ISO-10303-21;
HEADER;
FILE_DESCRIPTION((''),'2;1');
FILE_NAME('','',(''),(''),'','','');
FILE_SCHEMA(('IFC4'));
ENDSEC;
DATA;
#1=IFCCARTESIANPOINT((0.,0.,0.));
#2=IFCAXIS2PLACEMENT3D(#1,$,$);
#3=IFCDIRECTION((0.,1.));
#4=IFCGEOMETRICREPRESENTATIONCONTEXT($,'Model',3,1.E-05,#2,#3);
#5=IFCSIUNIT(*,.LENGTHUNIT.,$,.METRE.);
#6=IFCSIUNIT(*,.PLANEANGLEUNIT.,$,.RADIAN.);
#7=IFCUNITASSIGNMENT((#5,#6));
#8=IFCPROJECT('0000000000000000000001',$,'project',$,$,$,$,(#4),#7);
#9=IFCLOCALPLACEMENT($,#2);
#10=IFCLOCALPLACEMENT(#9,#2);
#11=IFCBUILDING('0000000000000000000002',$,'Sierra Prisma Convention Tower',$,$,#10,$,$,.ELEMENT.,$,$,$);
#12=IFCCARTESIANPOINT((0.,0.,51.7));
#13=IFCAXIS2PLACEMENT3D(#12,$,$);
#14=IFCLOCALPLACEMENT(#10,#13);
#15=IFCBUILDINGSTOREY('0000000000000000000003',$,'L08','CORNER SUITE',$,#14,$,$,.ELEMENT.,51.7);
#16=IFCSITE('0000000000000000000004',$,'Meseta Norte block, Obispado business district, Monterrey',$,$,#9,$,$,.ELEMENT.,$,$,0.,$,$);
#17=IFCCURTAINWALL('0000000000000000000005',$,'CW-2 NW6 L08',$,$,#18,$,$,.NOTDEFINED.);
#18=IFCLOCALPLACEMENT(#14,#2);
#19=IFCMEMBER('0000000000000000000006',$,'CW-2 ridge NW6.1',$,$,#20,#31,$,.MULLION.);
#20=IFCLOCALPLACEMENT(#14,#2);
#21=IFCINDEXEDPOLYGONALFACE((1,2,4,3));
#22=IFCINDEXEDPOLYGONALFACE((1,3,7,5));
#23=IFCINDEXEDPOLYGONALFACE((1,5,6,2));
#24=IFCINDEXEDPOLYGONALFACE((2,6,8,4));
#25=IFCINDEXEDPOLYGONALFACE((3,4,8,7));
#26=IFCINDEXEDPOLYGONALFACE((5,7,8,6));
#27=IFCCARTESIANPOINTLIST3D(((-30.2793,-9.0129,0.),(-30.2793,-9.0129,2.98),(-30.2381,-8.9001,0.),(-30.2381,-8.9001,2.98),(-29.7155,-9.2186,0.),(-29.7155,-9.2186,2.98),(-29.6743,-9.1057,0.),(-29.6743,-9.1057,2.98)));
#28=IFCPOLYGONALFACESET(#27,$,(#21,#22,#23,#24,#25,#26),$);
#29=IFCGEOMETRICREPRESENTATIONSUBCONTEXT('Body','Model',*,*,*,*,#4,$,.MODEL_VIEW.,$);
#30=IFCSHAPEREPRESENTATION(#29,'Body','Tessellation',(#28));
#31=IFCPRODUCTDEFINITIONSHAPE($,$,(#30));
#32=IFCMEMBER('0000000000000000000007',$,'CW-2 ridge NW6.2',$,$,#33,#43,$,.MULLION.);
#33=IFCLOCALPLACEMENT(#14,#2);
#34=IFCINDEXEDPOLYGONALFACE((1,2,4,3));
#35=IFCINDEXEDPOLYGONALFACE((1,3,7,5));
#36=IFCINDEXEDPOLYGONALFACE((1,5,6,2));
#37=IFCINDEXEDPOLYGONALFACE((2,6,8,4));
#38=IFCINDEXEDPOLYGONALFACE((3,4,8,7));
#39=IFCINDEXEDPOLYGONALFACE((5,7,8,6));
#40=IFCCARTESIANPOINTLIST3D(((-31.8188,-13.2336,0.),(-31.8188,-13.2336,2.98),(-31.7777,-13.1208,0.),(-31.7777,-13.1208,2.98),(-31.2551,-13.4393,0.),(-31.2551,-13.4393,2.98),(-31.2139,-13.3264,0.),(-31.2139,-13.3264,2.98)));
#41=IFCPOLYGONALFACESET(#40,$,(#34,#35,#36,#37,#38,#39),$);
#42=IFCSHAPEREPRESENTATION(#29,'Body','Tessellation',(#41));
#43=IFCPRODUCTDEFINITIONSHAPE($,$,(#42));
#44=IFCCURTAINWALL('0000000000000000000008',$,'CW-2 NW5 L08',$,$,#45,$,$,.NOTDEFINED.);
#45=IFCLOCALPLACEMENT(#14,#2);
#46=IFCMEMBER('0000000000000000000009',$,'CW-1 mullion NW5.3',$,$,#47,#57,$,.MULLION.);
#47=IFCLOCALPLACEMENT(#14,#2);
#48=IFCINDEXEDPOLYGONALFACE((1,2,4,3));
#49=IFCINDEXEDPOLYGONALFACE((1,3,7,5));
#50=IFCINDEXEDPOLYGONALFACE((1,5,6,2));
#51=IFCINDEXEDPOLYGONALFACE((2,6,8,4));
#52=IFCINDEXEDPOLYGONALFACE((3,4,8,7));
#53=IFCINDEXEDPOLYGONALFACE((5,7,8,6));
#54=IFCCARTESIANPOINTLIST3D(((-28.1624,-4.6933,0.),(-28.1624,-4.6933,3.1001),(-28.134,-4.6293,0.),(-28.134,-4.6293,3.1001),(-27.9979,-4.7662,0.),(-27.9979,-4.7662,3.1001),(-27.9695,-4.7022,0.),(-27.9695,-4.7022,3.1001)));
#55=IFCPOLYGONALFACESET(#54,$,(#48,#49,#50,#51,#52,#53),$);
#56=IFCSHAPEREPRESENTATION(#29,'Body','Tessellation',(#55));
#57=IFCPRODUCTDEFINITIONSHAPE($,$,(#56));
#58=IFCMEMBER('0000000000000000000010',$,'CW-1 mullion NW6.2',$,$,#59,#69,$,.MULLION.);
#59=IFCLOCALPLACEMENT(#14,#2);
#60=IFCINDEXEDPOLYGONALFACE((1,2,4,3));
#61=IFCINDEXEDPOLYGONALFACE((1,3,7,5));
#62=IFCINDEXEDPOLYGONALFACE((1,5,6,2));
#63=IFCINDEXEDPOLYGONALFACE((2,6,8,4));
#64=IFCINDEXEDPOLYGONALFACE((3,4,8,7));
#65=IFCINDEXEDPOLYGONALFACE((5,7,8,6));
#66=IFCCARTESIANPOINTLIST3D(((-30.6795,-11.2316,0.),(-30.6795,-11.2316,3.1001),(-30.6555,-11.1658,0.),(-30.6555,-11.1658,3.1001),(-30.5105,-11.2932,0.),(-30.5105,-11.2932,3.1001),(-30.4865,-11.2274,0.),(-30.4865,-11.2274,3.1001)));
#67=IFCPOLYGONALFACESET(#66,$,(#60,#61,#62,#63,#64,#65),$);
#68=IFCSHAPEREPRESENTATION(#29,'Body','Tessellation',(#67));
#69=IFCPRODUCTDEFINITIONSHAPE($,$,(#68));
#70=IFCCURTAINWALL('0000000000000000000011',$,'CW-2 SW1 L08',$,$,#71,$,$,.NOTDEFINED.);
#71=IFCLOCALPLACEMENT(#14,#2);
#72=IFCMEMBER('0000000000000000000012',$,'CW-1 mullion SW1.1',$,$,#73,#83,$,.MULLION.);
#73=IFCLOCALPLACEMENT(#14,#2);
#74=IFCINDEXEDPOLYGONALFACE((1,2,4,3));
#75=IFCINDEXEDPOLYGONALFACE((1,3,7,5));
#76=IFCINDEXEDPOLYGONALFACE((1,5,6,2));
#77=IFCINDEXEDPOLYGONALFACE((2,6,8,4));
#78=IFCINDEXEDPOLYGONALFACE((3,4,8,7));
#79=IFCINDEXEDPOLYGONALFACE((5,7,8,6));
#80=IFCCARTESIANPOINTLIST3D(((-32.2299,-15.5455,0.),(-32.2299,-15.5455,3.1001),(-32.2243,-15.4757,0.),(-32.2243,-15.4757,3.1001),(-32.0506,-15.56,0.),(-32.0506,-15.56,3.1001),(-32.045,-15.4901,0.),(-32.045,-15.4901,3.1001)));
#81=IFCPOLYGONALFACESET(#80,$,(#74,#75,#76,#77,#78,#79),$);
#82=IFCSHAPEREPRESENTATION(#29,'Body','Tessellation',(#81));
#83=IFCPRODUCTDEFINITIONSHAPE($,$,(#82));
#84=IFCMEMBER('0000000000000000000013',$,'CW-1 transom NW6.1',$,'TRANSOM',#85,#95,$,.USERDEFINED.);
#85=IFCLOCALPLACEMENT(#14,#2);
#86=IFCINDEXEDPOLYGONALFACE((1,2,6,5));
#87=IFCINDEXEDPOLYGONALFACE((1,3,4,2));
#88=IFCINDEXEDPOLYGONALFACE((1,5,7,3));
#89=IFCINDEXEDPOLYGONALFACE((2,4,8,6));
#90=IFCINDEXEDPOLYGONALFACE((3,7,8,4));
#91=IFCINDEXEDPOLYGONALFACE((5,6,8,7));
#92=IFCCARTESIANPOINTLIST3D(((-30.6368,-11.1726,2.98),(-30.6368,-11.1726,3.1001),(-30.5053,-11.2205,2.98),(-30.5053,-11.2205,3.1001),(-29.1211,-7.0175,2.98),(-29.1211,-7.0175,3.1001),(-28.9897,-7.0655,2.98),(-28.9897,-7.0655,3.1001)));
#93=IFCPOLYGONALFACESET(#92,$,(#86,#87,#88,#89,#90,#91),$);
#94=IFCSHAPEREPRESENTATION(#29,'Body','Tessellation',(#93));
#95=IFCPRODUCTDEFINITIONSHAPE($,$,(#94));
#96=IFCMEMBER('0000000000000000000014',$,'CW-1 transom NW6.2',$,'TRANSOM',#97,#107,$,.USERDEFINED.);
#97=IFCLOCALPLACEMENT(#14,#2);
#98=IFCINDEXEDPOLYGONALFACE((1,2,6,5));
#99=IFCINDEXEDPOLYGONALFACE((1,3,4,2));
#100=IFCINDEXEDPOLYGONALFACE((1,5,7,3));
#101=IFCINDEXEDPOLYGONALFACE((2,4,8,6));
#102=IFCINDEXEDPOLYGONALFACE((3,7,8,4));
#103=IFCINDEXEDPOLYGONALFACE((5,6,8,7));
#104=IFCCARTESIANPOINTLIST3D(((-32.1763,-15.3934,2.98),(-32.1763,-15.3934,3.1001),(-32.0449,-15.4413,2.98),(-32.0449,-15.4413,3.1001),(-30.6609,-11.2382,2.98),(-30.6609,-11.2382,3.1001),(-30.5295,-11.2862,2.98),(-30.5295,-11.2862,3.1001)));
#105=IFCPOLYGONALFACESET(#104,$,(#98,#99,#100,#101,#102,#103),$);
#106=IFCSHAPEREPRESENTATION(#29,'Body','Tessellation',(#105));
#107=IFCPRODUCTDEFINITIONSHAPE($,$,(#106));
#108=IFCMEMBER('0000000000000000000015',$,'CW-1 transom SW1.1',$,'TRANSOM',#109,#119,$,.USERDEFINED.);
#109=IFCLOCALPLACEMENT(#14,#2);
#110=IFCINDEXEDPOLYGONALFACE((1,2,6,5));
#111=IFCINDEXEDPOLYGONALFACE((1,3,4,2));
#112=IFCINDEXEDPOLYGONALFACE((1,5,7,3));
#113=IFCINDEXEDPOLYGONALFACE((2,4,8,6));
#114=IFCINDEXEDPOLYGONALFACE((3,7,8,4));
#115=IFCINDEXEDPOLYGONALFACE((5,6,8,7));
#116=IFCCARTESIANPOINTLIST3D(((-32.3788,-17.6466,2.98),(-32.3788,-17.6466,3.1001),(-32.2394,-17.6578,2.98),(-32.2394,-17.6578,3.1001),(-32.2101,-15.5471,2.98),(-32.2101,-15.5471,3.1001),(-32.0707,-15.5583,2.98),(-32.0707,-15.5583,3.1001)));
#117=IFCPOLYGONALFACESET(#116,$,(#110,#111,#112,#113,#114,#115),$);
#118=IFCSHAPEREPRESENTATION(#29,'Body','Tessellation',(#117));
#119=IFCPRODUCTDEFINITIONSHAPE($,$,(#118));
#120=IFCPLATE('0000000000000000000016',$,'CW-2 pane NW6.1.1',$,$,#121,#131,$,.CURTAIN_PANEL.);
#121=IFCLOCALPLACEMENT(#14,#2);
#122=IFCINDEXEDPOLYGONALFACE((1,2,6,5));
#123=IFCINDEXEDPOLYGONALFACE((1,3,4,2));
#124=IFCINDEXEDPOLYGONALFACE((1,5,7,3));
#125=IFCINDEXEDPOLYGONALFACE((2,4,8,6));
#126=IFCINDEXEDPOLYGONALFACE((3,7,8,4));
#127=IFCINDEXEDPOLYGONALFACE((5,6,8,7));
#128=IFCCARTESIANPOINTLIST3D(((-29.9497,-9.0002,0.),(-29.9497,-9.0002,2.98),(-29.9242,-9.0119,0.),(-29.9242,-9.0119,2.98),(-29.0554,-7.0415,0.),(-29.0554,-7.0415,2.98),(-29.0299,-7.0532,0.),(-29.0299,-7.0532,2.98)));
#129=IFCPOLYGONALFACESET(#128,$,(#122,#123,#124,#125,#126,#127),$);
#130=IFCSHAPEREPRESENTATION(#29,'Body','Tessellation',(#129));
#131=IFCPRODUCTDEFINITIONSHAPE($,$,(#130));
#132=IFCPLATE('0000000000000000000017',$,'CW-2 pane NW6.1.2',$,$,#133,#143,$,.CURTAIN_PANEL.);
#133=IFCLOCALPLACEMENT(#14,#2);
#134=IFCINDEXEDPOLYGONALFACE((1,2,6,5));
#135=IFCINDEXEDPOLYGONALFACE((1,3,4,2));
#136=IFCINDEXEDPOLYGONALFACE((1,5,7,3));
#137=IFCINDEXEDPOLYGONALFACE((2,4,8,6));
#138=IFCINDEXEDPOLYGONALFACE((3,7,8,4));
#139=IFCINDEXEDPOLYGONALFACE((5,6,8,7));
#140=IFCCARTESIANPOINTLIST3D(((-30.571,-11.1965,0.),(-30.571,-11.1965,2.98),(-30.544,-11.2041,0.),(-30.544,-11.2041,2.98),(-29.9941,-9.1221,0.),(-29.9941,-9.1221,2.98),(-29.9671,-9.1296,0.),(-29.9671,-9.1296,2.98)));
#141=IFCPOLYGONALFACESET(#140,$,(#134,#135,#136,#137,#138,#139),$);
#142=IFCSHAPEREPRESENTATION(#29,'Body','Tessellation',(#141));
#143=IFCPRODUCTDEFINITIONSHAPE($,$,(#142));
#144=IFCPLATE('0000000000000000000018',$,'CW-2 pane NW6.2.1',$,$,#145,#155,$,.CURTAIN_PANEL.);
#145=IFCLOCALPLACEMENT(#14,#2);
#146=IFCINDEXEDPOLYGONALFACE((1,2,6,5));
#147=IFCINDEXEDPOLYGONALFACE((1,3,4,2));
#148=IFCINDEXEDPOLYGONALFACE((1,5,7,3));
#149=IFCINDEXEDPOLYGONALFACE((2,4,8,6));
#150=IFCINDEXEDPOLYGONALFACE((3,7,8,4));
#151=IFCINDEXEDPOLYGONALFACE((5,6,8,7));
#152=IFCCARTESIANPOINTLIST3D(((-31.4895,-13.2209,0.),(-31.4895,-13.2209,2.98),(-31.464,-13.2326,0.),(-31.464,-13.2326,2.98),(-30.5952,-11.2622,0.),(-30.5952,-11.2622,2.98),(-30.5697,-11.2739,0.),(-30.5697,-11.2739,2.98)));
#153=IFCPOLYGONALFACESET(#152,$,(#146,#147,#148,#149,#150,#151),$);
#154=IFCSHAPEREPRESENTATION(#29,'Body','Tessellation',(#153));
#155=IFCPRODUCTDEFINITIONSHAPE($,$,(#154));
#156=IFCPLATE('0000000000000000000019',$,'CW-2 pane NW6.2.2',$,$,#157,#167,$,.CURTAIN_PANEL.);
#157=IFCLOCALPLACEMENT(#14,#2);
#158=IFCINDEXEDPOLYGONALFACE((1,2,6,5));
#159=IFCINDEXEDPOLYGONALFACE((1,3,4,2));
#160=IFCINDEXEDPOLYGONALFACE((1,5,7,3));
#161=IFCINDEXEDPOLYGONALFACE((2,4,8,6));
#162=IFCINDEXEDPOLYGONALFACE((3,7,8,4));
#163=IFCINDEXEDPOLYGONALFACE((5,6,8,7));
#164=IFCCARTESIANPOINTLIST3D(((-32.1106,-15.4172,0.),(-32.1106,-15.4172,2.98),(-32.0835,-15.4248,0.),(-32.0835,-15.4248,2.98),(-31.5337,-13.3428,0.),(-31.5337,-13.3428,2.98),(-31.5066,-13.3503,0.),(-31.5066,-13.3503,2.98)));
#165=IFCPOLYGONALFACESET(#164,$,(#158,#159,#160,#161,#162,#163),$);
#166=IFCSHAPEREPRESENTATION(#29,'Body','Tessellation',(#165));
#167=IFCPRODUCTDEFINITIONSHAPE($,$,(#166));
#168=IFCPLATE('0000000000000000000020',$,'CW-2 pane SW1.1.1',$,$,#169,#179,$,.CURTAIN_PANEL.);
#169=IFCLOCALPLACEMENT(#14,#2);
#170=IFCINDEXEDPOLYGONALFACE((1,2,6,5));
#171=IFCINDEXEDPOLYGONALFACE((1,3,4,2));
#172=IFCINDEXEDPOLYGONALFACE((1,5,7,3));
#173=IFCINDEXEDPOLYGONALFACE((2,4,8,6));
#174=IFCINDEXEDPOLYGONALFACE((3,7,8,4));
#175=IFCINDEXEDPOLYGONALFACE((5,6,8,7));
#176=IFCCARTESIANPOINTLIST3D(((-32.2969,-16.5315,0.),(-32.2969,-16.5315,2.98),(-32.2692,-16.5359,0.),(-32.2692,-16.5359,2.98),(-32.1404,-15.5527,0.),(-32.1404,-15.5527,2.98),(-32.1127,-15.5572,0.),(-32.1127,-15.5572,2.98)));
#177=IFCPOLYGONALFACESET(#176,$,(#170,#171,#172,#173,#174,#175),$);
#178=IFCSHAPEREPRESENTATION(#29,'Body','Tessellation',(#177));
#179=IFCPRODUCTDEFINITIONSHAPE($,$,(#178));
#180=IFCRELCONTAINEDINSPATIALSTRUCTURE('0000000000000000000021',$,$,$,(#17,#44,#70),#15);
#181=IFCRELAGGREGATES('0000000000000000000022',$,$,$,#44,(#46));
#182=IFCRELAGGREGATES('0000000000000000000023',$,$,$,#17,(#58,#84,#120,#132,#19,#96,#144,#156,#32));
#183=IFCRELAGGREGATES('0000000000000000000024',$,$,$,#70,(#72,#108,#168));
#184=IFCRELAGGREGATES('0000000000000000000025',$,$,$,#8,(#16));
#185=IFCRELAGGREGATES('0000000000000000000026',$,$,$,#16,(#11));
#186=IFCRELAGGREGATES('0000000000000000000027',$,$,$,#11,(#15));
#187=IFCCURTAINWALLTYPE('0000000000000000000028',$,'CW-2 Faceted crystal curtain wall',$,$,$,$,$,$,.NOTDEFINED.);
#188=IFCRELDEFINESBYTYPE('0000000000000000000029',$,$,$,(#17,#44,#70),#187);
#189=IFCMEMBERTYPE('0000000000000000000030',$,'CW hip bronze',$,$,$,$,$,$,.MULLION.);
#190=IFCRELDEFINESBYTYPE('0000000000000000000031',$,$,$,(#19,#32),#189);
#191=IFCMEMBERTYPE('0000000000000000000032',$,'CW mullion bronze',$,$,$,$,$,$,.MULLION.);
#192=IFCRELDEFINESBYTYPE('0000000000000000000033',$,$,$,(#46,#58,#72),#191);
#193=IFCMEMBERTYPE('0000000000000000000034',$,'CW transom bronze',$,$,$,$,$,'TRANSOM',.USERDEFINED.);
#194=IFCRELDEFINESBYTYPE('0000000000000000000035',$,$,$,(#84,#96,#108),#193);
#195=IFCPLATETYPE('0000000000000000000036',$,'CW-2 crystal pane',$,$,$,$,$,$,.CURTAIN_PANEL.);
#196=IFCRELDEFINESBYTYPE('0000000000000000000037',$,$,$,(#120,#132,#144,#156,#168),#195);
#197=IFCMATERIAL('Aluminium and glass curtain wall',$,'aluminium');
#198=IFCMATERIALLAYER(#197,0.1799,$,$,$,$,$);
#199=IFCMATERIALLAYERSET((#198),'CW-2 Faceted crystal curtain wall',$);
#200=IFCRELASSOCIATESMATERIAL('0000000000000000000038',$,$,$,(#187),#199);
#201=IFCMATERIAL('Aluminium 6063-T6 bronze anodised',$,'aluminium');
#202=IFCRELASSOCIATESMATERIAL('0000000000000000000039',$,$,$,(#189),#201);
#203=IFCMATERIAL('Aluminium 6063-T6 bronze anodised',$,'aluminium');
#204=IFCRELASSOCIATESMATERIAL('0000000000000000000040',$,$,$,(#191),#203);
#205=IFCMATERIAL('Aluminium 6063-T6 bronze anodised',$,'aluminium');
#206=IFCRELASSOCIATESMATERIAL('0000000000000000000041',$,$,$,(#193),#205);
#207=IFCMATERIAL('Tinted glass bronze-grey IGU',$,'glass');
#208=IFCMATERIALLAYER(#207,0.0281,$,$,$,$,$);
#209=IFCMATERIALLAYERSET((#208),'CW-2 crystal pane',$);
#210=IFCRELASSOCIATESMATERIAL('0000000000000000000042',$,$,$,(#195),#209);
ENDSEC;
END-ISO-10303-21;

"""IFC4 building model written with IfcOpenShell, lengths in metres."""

from ifc_helpers import new_model, si_unit, direction, frame, origin, origin_2d, place, context, subcontext, project, spatial, polyline, rectangle, outline, extrude, material, layer, layer_set, material_profile, profile_set, type_object, element, aggregate, save


model = new_model("IFC4")

# Units and contexts
model_context = context("Model", 3, precision=1e-05, world=origin(), true_north=direction((0.0, 1.0)))
body_context = subcontext(model_context, "Body", "Model", "MODEL_VIEW")
ifc_project = project(units=[si_unit("LENGTHUNIT", "METRE"), si_unit("PLANEANGLEUNIT", "RADIAN")], contexts=[model_context])

# Site, building, storey
site_placement = place(None, origin())
site = spatial("IfcSite", under=ifc_project, at=site_placement, Name="Meseta Norte block, Obispado business district, Monterrey", CompositionType="ELEMENT", RefElevation=0.0)
building_placement = place(site_placement, origin())
building = spatial("IfcBuilding", under=site, at=building_placement, Name="Sierra Prisma Convention Tower", CompositionType="ELEMENT")
storey_placement = place(building_placement, frame((0.0, 0.0, 51.7)))
storey = spatial("IfcBuildingStorey", under=building, at=storey_placement, Name="L08", Description="CORNER SUITE", CompositionType="ELEMENT", Elevation=51.7)

# Curtain wall, members
ifc_material_1 = material(Name="Aluminium and glass curtain wall", Category="aluminium")
ifc_layer_1 = layer(ifc_material_1, 0.1799)
ifc_layer_set_1 = layer_set([ifc_layer_1], Name="CW-2 Faceted crystal curtain wall")
curtain_wall_type = type_object("IfcCurtainWallType", Name="CW-2 Faceted crystal curtain wall", PredefinedType="NOTDEFINED", material=ifc_layer_set_1)
curtain_wall_1_placement = place(storey_placement, origin())
curtain_wall_1 = element("IfcCurtainWall", 1, at=curtain_wall_1_placement, inside=storey, type_object=curtain_wall_type, Name="CW-2 NW6 L08", PredefinedType="NOTDEFINED")
ifc_material_2 = material(Name="Aluminium 6063-T6 bronze anodised", Category="aluminium")
ifc_material_profile_1 = material_profile(ifc_material_2, rectangle(XDim=0.1201, YDim=0.6001, at=origin_2d()), Name="ALU RIDGE BLADE 120x600")
ifc_profile_set_1 = profile_set([ifc_material_profile_1], Name="Aluminium 6063-T6 bronze anodised")
member_type_1 = type_object("IfcMemberType", Name="CW hip bronze", PredefinedType="MULLION", material=ifc_profile_set_1)
member_1_placement = place(storey_placement, frame((-29.9768, -9.0593, 0.0), z_axis=(0.0, 0.0, 1.0), x_axis=(-0.342676, -0.939454, 0.0)))
member_1 = element("IfcMember", 2, at=member_1_placement, type_object=member_type_1, Name="CW-2 ridge NW6.1", PredefinedType="MULLION", context=body_context, shape_type="SweptSolid", body=[
    extrude(rectangle(XDim=0.1201, YDim=0.6001, at=origin_2d()), origin(), (0.0, 0.0, 1.0), 2.98),
])
member_2_placement = place(storey_placement, frame((-31.5164, -13.28, 0.0), z_axis=(0.0, 0.0, 1.0), x_axis=(-0.342676, -0.939454, 0.0)))
member_2 = element("IfcMember", 3, at=member_2_placement, type_object=member_type_1, Name="CW-2 ridge NW6.2", PredefinedType="MULLION", context=body_context, shape_type="SweptSolid", body=[
    extrude(rectangle(XDim=0.1201, YDim=0.6001, at=origin_2d()), origin(), (0.0, 0.0, 1.0), 2.98),
])

# Curtain wall, member
curtain_wall_2_placement = place(storey_placement, origin())
curtain_wall_2 = element("IfcCurtainWall", 4, at=curtain_wall_2_placement, inside=storey, type_object=curtain_wall_type, Name="CW-2 NW5 L08", PredefinedType="NOTDEFINED")
ifc_material_3 = material(Name="Aluminium 6063-T6 bronze anodised", Category="aluminium")
ifc_material_profile_2 = material_profile(ifc_material_3, rectangle(XDim=0.1799, YDim=0.0701, at=origin_2d()), Name="ALU MULLION 70x180")
ifc_profile_set_2 = profile_set([ifc_material_profile_2], Name="Aluminium 6063-T6 bronze anodised")
member_type_2 = type_object("IfcMemberType", Name="CW mullion bronze", PredefinedType="MULLION", material=ifc_profile_set_2)
member_3_placement = place(storey_placement, frame((-28.0659, -4.6978, 0.0), z_axis=(0.0, 0.0, 1.0), x_axis=(0.914189, -0.405288, 0.0)))
member_3 = element("IfcMember", 5, at=member_3_placement, type_object=member_type_2, Name="CW-1 mullion NW5.3", PredefinedType="MULLION", context=body_context, shape_type="SweptSolid", body=[
    extrude(rectangle(XDim=0.1799, YDim=0.0701, at=origin_2d()), origin(), (0.0, 0.0, 1.0), 3.1001),
])
aggregate(curtain_wall_2, [member_3])

# Member
member_4_placement = place(storey_placement, frame((-30.583, -11.2295, 0.0), z_axis=(0.0, 0.0, 1.0), x_axis=(0.939454, -0.342676, 0.0)))
member_4 = element("IfcMember", 6, at=member_4_placement, type_object=member_type_2, Name="CW-1 mullion NW6.2", PredefinedType="MULLION", context=body_context, shape_type="SweptSolid", body=[
    extrude(rectangle(XDim=0.1799, YDim=0.0701, at=origin_2d()), origin(), (0.0, 0.0, 1.0), 3.1001),
])

# Curtain wall, member
curtain_wall_3_placement = place(storey_placement, origin())
curtain_wall_3 = element("IfcCurtainWall", 7, at=curtain_wall_3_placement, inside=storey, type_object=curtain_wall_type, Name="CW-2 SW1 L08", PredefinedType="NOTDEFINED")
member_5_placement = place(storey_placement, frame((-32.1375, -15.5178, 0.0), z_axis=(0.0, 0.0, 1.0), x_axis=(0.996785, -0.080125, 0.0)))
member_5 = element("IfcMember", 8, at=member_5_placement, type_object=member_type_2, Name="CW-1 mullion SW1.1", PredefinedType="MULLION", context=body_context, shape_type="SweptSolid", body=[
    extrude(rectangle(XDim=0.1799, YDim=0.0701, at=origin_2d()), origin(), (0.0, 0.0, 1.0), 3.1001),
])

# Members
ifc_material_4 = material(Name="Aluminium 6063-T6 bronze anodised", Category="aluminium")
ifc_material_profile_3 = material_profile(ifc_material_4, rectangle(XDim=0.1399, YDim=0.1201, at=origin_2d()), Name="ALU TRANSOM 120x140")
ifc_profile_set_3 = profile_set([ifc_material_profile_3], Name="Aluminium 6063-T6 bronze anodised")
member_type_3 = type_object("IfcMemberType", Name="CW transom bronze", ElementType="TRANSOM", PredefinedType="USERDEFINED", material=ifc_profile_set_3)
member_6_placement = place(storey_placement, frame((-29.0554, -7.0415, 3.04), z_axis=(-0.342683, -0.939451, 0.0), x_axis=(0.939451, -0.342683, 0.0)))
member_6 = element("IfcMember", 9, at=member_6_placement, type_object=member_type_3, Name="CW-1 transom NW6.1", ObjectType="TRANSOM", PredefinedType="USERDEFINED", context=body_context, shape_type="SweptSolid", body=[
    extrude(rectangle(XDim=0.1399, YDim=0.1201, at=origin_2d()), origin(), (0.0, 0.0, 1.0), 4.4229),
])
member_7_placement = place(storey_placement, frame((-30.5952, -11.2622, 3.04), z_axis=(-0.342634, -0.939469, 0.0), x_axis=(0.939469, -0.342634, 0.0)))
member_7 = element("IfcMember", 10, at=member_7_placement, type_object=member_type_3, Name="CW-1 transom NW6.2", ObjectType="TRANSOM", PredefinedType="USERDEFINED", context=body_context, shape_type="SweptSolid", body=[
    extrude(rectangle(XDim=0.1399, YDim=0.1201, at=origin_2d()), origin(), (0.0, 0.0, 1.0), 4.4229),
])
member_8_placement = place(storey_placement, frame((-32.1404, -15.5527, 3.04), z_axis=(-0.0801, -0.996787, 0.0), x_axis=(0.996787, -0.0801, 0.0)))
member_8 = element("IfcMember", 11, at=member_8_placement, type_object=member_type_3, Name="CW-1 transom SW1.1", ObjectType="TRANSOM", PredefinedType="USERDEFINED", context=body_context, shape_type="SweptSolid", body=[
    extrude(rectangle(XDim=0.1399, YDim=0.1201, at=origin_2d()), origin(), (0.0, 0.0, 1.0), 2.1062),
])

# Plates
ifc_material_5 = material(Name="Tinted glass bronze-grey IGU", Category="glass")
ifc_layer_2 = layer(ifc_material_5, 0.0281)
ifc_layer_set_2 = layer_set([ifc_layer_2], Name="CW-2 crystal pane")
plate_type = type_object("IfcPlateType", Name="CW-2 crystal pane", PredefinedType="CURTAIN_PANEL", material=ifc_layer_set_2)
plate_1_placement = place(storey_placement, frame((-29.0554, -7.0415, 0.0), z_axis=(-0.909674, 0.415323, 0.0), x_axis=(-0.415323, -0.909674, 0.0)))
plate_1 = element("IfcPlate", 12, at=plate_1_placement, type_object=plate_type, Name="CW-2 pane NW6.1.1", PredefinedType="CURTAIN_PANEL", context=body_context, shape_type="SweptSolid", body=[
    extrude(outline(polyline([(0.0, 0.0), (2.1532, 0.0), (2.1532, 2.98), (0.0, 2.98), (0.0, 0.0)])), origin(), (0.0, 0.0, -1.0), 0.0281),
])
plate_2_placement = place(storey_placement, frame((-30.571, -11.1965, 0.0), z_axis=(-0.963438, 0.26793, 0.0), x_axis=(0.26793, 0.963438, 0.0)))
plate_2 = element("IfcPlate", 13, at=plate_2_placement, type_object=plate_type, Name="CW-2 pane NW6.1.2", PredefinedType="CURTAIN_PANEL", context=body_context, shape_type="SweptSolid", body=[
    extrude(outline(polyline([(0.0, 0.0), (2.1532, 0.0), (2.1532, -2.98), (0.0, -2.98), (0.0, 0.0)])), origin(), (0.0, 0.0, -1.0), 0.0281),
])
plate_3_placement = place(storey_placement, frame((-30.5952, -11.2622, 0.0), z_axis=(-0.909674, 0.415323, 0.0), x_axis=(-0.415323, -0.909674, 0.0)))
plate_3 = element("IfcPlate", 14, at=plate_3_placement, type_object=plate_type, Name="CW-2 pane NW6.2.1", PredefinedType="CURTAIN_PANEL", context=body_context, shape_type="SweptSolid", body=[
    extrude(outline(polyline([(0.0, 0.0), (2.1532, 0.0), (2.1532, 2.98), (0.0, 2.98), (0.0, 0.0)])), origin(), (0.0, 0.0, -1.0), 0.0281),
])
plate_4_placement = place(storey_placement, frame((-32.1106, -15.4172, 0.0), z_axis=(-0.963438, 0.26793, 0.0), x_axis=(0.26793, 0.963438, 0.0)))
plate_4 = element("IfcPlate", 15, at=plate_4_placement, type_object=plate_type, Name="CW-2 pane NW6.2.2", PredefinedType="CURTAIN_PANEL", context=body_context, shape_type="SweptSolid", body=[
    extrude(outline(polyline([(0.0, 0.0), (2.1532, 0.0), (2.1532, -2.98), (0.0, -2.98), (0.0, 0.0)])), origin(), (0.0, 0.0, -1.0), 0.0281),
])
aggregate(curtain_wall_1, [member_4, member_6, plate_1, plate_2, member_1, member_7, plate_3, plate_4, member_2])
plate_5_placement = place(storey_placement, frame((-32.1404, -15.5527, 0.0), z_axis=(-0.987458, 0.157885, 0.0), x_axis=(-0.157885, -0.987458, 0.0)))
plate_5 = element("IfcPlate", 16, at=plate_5_placement, type_object=plate_type, Name="CW-2 pane SW1.1.1", PredefinedType="CURTAIN_PANEL", context=body_context, shape_type="SweptSolid", body=[
    extrude(outline(polyline([(0.0, 0.0), (0.9912, 0.0), (0.9912, 2.98), (0.0, 2.98), (0.0, 0.0)])), origin(), (0.0, 0.0, -1.0), 0.0281),
])
aggregate(curtain_wall_3, [member_5, member_8, plate_5])

save(model, "model.ifc")
